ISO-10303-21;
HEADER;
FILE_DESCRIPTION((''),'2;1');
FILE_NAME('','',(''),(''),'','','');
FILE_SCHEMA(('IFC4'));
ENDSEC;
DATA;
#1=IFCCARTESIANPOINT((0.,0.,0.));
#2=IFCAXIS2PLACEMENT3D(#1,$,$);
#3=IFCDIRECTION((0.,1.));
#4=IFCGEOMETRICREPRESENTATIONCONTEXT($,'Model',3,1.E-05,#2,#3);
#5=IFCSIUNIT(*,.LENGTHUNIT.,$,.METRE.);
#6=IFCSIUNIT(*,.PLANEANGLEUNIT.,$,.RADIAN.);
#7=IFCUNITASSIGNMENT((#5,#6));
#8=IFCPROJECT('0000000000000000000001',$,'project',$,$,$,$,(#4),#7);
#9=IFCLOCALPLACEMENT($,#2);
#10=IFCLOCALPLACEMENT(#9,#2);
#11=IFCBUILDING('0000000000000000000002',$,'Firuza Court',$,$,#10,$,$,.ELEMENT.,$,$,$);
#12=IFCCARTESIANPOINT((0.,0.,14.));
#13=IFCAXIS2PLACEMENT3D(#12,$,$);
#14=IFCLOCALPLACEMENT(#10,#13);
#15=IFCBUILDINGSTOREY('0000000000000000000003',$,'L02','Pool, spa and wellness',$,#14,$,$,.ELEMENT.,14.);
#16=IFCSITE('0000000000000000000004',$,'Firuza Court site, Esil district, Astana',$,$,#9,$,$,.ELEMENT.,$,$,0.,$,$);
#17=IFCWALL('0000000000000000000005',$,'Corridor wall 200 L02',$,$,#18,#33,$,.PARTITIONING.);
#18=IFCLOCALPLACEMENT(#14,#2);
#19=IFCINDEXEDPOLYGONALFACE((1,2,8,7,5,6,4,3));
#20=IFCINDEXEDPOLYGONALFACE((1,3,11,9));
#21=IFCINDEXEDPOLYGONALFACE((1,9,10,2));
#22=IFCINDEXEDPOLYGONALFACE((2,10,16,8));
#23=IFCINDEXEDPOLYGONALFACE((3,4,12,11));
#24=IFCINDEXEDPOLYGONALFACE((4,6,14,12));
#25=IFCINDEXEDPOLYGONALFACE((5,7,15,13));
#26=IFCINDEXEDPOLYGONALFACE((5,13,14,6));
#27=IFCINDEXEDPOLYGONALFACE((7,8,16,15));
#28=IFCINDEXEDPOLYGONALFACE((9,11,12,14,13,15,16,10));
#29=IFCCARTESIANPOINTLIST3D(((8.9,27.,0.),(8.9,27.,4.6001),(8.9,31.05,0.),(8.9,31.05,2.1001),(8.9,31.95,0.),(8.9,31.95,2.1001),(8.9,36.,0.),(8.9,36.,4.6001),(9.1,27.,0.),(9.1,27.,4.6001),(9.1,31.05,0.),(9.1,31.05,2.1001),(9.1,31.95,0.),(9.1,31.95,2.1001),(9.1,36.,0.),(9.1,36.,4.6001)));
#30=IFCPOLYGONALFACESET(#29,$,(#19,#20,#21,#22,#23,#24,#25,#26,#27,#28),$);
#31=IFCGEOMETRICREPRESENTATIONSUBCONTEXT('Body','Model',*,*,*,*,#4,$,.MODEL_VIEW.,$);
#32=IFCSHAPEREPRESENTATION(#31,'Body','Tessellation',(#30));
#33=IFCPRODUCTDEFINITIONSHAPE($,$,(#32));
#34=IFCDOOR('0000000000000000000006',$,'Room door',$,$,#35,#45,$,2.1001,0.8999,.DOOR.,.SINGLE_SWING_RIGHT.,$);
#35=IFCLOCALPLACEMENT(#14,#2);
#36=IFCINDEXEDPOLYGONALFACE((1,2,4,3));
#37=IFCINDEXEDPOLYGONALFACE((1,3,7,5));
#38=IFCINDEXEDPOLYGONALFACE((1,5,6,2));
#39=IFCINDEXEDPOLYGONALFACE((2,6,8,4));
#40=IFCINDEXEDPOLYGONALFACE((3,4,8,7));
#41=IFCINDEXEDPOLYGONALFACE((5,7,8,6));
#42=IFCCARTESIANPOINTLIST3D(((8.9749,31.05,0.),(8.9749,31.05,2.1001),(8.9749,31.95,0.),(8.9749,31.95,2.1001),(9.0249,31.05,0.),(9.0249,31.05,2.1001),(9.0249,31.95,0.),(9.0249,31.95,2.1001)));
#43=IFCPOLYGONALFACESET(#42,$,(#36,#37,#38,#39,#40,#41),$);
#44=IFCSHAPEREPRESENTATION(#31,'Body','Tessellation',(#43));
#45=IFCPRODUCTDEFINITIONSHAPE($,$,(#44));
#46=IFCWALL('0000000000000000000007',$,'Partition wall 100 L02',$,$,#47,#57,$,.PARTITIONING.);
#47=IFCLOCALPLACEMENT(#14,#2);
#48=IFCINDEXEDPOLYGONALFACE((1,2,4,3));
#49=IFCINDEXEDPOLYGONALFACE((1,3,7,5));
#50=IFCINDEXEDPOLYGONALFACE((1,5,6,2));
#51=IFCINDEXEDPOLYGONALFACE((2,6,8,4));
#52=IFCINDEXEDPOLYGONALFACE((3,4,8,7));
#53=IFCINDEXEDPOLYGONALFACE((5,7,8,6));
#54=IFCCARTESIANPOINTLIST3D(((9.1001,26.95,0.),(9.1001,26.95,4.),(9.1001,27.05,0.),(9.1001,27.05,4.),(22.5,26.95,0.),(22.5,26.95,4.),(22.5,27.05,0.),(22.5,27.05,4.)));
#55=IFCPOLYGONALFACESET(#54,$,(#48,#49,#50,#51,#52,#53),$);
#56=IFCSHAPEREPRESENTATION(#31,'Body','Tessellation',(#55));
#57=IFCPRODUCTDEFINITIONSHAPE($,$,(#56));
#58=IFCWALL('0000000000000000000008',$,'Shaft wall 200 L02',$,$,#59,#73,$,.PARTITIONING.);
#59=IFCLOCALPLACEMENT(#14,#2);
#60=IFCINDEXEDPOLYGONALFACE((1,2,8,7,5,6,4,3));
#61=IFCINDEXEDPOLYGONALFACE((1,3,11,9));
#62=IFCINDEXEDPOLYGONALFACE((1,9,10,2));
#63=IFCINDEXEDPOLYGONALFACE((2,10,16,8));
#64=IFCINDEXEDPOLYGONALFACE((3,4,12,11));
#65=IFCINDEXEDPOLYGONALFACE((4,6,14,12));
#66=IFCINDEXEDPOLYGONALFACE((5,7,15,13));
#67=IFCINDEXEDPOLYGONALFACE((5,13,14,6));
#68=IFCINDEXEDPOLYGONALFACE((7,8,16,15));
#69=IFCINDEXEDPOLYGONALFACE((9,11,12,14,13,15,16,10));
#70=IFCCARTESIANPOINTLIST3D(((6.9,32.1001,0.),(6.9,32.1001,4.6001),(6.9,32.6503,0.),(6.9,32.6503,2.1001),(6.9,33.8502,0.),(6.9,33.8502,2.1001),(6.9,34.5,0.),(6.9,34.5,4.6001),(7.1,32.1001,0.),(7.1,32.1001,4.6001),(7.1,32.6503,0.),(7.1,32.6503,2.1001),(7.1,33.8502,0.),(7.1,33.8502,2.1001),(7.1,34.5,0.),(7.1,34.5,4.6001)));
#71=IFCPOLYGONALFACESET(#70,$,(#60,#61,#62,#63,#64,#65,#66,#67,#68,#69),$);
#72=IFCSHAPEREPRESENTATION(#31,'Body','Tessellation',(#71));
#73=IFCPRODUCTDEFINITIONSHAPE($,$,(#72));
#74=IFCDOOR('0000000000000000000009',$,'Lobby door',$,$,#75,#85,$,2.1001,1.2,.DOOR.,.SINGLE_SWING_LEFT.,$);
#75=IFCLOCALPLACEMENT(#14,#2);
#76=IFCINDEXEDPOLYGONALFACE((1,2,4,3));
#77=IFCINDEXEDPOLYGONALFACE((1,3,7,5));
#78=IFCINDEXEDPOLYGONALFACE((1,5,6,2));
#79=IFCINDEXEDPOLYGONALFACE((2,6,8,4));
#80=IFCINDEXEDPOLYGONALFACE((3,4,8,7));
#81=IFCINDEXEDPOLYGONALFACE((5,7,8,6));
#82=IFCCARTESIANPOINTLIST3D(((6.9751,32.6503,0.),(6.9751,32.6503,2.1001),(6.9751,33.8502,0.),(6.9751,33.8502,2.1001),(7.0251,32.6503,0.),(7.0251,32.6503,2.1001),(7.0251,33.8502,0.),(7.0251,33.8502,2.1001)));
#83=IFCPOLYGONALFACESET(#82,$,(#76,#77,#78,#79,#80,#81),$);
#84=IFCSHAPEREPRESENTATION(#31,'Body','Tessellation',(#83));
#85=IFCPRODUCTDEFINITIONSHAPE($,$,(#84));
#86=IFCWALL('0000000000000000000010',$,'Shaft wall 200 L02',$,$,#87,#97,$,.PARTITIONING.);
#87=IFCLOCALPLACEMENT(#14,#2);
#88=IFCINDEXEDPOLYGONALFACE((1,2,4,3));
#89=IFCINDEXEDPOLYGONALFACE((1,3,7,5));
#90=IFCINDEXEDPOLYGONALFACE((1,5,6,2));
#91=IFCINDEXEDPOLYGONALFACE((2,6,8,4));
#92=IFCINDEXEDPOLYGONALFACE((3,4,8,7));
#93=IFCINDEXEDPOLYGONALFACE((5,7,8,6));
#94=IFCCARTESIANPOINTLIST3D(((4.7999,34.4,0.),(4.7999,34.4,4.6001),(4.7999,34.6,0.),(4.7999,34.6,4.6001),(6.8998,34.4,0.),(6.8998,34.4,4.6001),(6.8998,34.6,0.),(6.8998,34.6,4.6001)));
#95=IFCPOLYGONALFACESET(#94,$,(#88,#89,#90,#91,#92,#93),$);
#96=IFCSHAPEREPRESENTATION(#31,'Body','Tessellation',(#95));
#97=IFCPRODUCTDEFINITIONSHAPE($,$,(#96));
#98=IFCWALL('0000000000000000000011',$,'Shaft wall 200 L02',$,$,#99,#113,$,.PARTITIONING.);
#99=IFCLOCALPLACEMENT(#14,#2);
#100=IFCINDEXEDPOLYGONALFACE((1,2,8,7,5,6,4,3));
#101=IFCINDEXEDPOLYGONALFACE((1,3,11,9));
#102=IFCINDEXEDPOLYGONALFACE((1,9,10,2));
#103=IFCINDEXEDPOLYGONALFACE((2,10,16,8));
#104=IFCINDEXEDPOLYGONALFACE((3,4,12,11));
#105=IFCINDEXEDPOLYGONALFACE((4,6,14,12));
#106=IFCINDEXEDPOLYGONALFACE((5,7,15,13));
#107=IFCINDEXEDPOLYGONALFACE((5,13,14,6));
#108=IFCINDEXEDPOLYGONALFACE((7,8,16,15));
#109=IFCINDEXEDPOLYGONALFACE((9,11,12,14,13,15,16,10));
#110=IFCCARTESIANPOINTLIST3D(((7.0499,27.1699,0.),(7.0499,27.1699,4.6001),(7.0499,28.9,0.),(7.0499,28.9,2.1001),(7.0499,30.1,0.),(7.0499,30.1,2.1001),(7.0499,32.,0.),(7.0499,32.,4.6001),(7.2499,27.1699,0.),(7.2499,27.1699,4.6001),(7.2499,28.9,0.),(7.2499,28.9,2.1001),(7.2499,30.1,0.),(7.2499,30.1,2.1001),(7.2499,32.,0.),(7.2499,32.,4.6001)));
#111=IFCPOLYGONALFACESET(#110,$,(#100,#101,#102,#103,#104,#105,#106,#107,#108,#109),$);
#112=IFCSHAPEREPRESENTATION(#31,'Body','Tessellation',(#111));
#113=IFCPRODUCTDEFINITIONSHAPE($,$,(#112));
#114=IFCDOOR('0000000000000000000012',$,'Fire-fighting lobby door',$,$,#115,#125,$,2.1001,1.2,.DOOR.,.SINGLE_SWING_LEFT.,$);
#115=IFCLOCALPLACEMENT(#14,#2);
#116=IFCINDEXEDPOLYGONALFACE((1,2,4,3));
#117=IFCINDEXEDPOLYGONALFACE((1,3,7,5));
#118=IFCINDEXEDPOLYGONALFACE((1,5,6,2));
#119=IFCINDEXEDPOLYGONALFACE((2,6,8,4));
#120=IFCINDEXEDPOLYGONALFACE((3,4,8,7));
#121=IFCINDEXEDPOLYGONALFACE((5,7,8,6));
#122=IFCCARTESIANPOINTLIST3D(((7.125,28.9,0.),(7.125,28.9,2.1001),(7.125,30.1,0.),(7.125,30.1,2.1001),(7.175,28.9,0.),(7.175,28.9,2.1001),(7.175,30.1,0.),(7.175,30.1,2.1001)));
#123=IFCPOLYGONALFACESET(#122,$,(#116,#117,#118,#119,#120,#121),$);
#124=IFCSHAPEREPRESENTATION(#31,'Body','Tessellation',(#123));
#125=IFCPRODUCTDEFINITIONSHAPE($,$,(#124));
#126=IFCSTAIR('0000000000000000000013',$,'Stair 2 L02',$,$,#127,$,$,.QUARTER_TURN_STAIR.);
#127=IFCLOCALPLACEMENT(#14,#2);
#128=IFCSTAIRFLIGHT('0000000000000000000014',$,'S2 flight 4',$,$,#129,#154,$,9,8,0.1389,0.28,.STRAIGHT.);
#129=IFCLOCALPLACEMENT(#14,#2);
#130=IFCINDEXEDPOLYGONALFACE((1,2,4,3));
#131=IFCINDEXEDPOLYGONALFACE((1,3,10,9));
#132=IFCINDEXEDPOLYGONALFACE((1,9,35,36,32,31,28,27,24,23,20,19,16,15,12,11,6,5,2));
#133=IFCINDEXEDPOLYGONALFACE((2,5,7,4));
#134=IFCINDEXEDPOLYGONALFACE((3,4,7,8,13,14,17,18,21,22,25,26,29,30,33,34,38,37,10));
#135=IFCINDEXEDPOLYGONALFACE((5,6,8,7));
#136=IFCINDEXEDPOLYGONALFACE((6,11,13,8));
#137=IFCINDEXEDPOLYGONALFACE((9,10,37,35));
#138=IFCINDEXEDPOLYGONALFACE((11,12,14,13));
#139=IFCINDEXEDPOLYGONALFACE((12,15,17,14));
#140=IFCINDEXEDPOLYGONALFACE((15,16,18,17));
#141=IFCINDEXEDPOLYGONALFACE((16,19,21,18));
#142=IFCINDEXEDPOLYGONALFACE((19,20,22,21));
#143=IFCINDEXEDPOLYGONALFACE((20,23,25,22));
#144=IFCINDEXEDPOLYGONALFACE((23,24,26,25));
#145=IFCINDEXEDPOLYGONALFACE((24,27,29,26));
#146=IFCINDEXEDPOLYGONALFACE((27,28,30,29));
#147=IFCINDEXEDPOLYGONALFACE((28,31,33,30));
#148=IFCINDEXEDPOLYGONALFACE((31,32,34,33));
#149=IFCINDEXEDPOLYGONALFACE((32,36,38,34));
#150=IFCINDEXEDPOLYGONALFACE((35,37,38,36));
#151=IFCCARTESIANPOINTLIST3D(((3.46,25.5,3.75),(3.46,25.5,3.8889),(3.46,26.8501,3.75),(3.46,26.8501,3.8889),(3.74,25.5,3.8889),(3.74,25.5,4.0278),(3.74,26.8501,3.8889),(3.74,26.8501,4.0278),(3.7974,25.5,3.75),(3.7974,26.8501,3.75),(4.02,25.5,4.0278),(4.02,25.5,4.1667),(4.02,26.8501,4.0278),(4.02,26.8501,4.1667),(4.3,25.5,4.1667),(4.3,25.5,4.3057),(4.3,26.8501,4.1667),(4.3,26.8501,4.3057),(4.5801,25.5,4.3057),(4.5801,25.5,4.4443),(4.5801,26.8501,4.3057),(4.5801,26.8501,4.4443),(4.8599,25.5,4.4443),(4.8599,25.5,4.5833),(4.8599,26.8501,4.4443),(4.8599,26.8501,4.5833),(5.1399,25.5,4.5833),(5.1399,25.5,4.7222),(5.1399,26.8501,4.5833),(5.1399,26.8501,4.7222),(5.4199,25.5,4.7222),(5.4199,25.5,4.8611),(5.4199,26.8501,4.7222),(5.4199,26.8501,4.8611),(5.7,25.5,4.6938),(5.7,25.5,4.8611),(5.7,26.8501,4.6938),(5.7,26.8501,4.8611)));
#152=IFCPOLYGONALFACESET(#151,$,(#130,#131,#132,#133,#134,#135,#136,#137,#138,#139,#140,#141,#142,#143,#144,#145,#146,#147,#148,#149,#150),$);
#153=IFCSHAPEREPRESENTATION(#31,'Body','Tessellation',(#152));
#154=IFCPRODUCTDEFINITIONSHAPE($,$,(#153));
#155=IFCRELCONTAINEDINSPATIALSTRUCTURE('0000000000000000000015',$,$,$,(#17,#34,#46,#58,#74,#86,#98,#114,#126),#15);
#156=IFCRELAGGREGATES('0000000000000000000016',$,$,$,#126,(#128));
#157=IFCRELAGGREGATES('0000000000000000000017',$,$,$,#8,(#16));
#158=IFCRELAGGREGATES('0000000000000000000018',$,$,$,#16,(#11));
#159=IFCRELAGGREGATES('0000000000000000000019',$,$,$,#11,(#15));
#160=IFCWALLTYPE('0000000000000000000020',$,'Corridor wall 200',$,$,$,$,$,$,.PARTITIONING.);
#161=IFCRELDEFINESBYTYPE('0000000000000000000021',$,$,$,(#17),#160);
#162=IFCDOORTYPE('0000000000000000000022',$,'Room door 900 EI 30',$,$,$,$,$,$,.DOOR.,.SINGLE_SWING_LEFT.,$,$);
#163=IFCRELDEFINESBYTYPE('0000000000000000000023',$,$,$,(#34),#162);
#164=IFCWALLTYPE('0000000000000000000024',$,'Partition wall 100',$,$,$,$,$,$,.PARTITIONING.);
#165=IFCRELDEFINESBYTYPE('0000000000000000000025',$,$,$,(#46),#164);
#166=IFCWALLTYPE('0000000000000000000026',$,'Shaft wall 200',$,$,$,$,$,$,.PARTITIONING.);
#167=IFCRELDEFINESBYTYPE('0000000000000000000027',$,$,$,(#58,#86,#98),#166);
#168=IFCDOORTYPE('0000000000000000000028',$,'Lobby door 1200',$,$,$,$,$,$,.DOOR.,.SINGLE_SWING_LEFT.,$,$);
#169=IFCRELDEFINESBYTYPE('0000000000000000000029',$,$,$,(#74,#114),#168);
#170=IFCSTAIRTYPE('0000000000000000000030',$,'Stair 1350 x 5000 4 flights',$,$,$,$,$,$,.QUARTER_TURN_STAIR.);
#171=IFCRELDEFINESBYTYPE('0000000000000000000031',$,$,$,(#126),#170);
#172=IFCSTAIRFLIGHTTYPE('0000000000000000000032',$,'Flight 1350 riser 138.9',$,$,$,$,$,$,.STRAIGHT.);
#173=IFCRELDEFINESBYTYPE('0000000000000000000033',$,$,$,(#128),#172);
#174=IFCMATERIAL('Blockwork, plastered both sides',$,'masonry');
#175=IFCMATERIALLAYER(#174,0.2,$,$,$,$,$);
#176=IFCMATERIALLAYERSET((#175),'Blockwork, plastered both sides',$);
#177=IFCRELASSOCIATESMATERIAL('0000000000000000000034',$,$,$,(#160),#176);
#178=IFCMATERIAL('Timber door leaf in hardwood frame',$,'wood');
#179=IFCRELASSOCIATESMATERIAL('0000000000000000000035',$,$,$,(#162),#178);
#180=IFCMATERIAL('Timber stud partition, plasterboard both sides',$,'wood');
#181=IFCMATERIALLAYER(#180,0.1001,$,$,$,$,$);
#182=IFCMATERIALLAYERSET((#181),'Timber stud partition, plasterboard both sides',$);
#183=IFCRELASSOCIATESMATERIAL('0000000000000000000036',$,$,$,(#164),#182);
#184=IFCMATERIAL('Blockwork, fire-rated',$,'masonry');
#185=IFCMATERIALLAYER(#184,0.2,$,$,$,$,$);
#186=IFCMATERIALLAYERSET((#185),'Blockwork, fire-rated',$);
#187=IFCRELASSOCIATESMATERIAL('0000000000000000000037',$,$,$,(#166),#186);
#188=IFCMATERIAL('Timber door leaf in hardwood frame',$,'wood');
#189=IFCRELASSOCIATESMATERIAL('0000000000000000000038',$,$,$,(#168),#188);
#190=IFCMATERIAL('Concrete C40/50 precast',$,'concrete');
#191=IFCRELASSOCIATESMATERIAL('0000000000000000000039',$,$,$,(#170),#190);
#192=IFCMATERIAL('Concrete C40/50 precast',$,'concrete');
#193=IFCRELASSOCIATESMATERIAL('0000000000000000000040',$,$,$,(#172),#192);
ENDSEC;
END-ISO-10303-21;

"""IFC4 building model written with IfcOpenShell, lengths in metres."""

from ifc_helpers import new_model, si_unit, direction, frame, frame_2d, origin, place, context, subcontext, project, spatial, polyline, rectangle, outline, extrude, material, layer, layer_set, type_object, element, fill, aggregate, save


model = new_model("IFC4")

# Units and contexts
model_context = context("Model", 3, precision=1e-05, world=origin(), true_north=direction((0.0, 1.0)))
body_context = subcontext(model_context, "Body", "Model", "MODEL_VIEW")
ifc_project = project(units=[si_unit("LENGTHUNIT", "METRE"), si_unit("PLANEANGLEUNIT", "RADIAN")], contexts=[model_context])

# Site, building, storey
site_placement = place(None, origin())
site = spatial("IfcSite", under=ifc_project, at=site_placement, Name="Firuza Court site, Esil district, Astana", CompositionType="ELEMENT", RefElevation=0.0)
building_placement = place(site_placement, origin())
building = spatial("IfcBuilding", under=site, at=building_placement, Name="Firuza Court", CompositionType="ELEMENT")
storey_placement = place(building_placement, frame((0.0, 0.0, 14.0)))
storey = spatial("IfcBuildingStorey", under=building, at=storey_placement, Name="L02", Description="Pool, spa and wellness", CompositionType="ELEMENT", Elevation=14.0)

# Wall, opening, door
ifc_material_1 = material(Name="Blockwork, plastered both sides", Category="masonry")
ifc_layer_1 = layer(ifc_material_1, 0.2)
ifc_layer_set_1 = layer_set([ifc_layer_1], Name="Blockwork, plastered both sides")
wall_type_1 = type_object("IfcWallType", Name="Corridor wall 200", PredefinedType="PARTITIONING", material=ifc_layer_set_1)
wall_1_placement = place(storey_placement, frame((9.0, 27.0, 0.0), z_axis=(0.0, 0.0, 1.0), x_axis=(0.0, 1.0, 0.0)))
wall_1 = element("IfcWall", 1, at=wall_1_placement, inside=storey, type_object=wall_type_1, Name="Corridor wall 200 L02", PredefinedType="PARTITIONING", context=body_context, shape_type="SweptSolid", body=[
    extrude(rectangle(XDim=9.0, YDim=0.2, at=frame_2d((4.5, 0.0))), origin(), (0.0, 0.0, 1.0), 4.6001),
])
opening_1_placement = place(wall_1_placement, frame((4.05, 0.0, 0.0)))
opening_1 = element("IfcOpeningElement", 2, at=opening_1_placement, cuts=wall_1, PredefinedType="OPENING", context=body_context, shape_type="SweptSolid", body=[
    extrude(rectangle(XDim=0.8999, YDim=2.1001, at=frame_2d((0.45, 1.05))), frame((0.0, 0.1118, 0.0), z_axis=(0.0, -1.0, 0.0), x_axis=(1.0, 0.0, 0.0)), (0.0, 0.0, 1.0), 0.2239),
])
ifc_material_2 = material(Name="Timber door leaf in hardwood frame", Category="wood")
door_type_1 = type_object("IfcDoorType", Name="Room door 900 EI 30", OperationType="SINGLE_SWING_LEFT", PredefinedType="DOOR", material=ifc_material_2)
door_1_placement = place(opening_1_placement, frame((0.8999, 0.0, 0.0), z_axis=(0.0, 0.0, 1.0), x_axis=(-1.0, 0.0, 0.0)))
door_1 = element("IfcDoor", 3, at=door_1_placement, inside=storey, type_object=door_type_1, Name="Room door", OperationType="SINGLE_SWING_RIGHT", OverallHeight=2.1001, OverallWidth=0.8999, PredefinedType="DOOR", context=body_context, shape_type="SweptSolid", body=[
    extrude(rectangle(XDim=0.8999, YDim=2.1001, at=frame_2d((0.45, 1.05))), frame((0.0, 0.0249, 0.0), z_axis=(0.0, -1.0, 0.0), x_axis=(1.0, 0.0, 0.0)), (0.0, 0.0, 1.0), 0.05),
])
fill(opening_1, door_1)

# Wall
ifc_material_3 = material(Name="Timber stud partition, plasterboard both sides", Category="wood")
ifc_layer_2 = layer(ifc_material_3, 0.1001)
ifc_layer_set_2 = layer_set([ifc_layer_2], Name="Timber stud partition, plasterboard both sides")
wall_type_2 = type_object("IfcWallType", Name="Partition wall 100", PredefinedType="PARTITIONING", material=ifc_layer_set_2)
wall_2_placement = place(storey_placement, frame((22.5, 27.0, 0.0), z_axis=(0.0, 0.0, 1.0), x_axis=(-1.0, 0.0, 0.0)))
element("IfcWall", 4, at=wall_2_placement, inside=storey, type_object=wall_type_2, Name="Partition wall 100 L02", PredefinedType="PARTITIONING", context=body_context, shape_type="SweptSolid", body=[
    extrude(rectangle(XDim=13.3999, YDim=0.1001, at=frame_2d((6.7, 0.0))), origin(), (0.0, 0.0, 1.0), 4.0),
])
ifc_material_4 = material(Name="Blockwork, fire-rated", Category="masonry")
ifc_layer_3 = layer(ifc_material_4, 0.2)
ifc_layer_set_3 = layer_set([ifc_layer_3], Name="Blockwork, fire-rated")
wall_type_3 = type_object("IfcWallType", Name="Shaft wall 200", PredefinedType="PARTITIONING", material=ifc_layer_set_3)

# Wall, opening, door
wall_3_placement = place(storey_placement, frame((7.0, 32.1001, 0.0), z_axis=(0.0, 0.0, 1.0), x_axis=(0.0, 1.0, 0.0)))
wall_3 = element("IfcWall", 5, at=wall_3_placement, inside=storey, type_object=wall_type_3, Name="Shaft wall 200 L02", PredefinedType="PARTITIONING", context=body_context, shape_type="SweptSolid", body=[
    extrude(rectangle(XDim=2.3999, YDim=0.2, at=frame_2d((1.2, 0.0))), origin(), (0.0, 0.0, 1.0), 4.6001),
])
opening_2_placement = place(wall_3_placement, frame((0.55, 0.0, 0.0)))
opening_2 = element("IfcOpeningElement", 6, at=opening_2_placement, cuts=wall_3, PredefinedType="OPENING", context=body_context, shape_type="SweptSolid", body=[
    extrude(rectangle(XDim=1.2, YDim=2.1001, at=frame_2d((0.6001, 1.05))), frame((0.0, 0.1118, 0.0), z_axis=(0.0, -1.0, 0.0), x_axis=(1.0, 0.0, 0.0)), (0.0, 0.0, 1.0), 0.2239),
])
ifc_material_5 = material(Name="Timber door leaf in hardwood frame", Category="wood")
door_type_2 = type_object("IfcDoorType", Name="Lobby door 1200", OperationType="SINGLE_SWING_LEFT", PredefinedType="DOOR", material=ifc_material_5)
door_2_placement = place(opening_2_placement, origin())
door_2 = element("IfcDoor", 7, at=door_2_placement, inside=storey, type_object=door_type_2, Name="Lobby door", OperationType="SINGLE_SWING_LEFT", OverallHeight=2.1001, OverallWidth=1.2, PredefinedType="DOOR", context=body_context, shape_type="SweptSolid", body=[
    extrude(rectangle(XDim=1.2, YDim=2.1001, at=frame_2d((0.6001, 1.05))), frame((0.0, 0.0249, 0.0), z_axis=(0.0, -1.0, 0.0), x_axis=(1.0, 0.0, 0.0)), (0.0, 0.0, 1.0), 0.05),
])
fill(opening_2, door_2)

# Wall
wall_4_placement = place(storey_placement, frame((4.8, 34.5, 0.0), z_axis=(0.0, 0.0, 1.0), x_axis=(1.0, 0.0, 0.0)))
element("IfcWall", 8, at=wall_4_placement, inside=storey, type_object=wall_type_3, Name="Shaft wall 200 L02", PredefinedType="PARTITIONING", context=body_context, shape_type="SweptSolid", body=[
    extrude(rectangle(XDim=2.0999, YDim=0.2, at=frame_2d((1.0498, 0.0))), origin(), (0.0, 0.0, 1.0), 4.6001),
])

# Wall, opening, door
wall_5_placement = place(storey_placement, frame((7.1499, 27.1699, 0.0), z_axis=(0.0, 0.0, 1.0), x_axis=(0.0, 1.0, 0.0)))
wall_5 = element("IfcWall", 9, at=wall_5_placement, inside=storey, type_object=wall_type_3, Name="Shaft wall 200 L02", PredefinedType="PARTITIONING", context=body_context, shape_type="SweptSolid", body=[
    extrude(rectangle(XDim=4.8301, YDim=0.2, at=frame_2d((2.415, 0.0))), origin(), (0.0, 0.0, 1.0), 4.6001),
])
opening_3_placement = place(wall_5_placement, frame((1.73, 0.0, 0.0)))
opening_3 = element("IfcOpeningElement", 10, at=opening_3_placement, cuts=wall_5, PredefinedType="OPENING", context=body_context, shape_type="SweptSolid", body=[
    extrude(rectangle(XDim=1.2, YDim=2.1001, at=frame_2d((0.6001, 1.05))), frame((0.0, 0.1118, 0.0), z_axis=(0.0, -1.0, 0.0), x_axis=(1.0, 0.0, 0.0)), (0.0, 0.0, 1.0), 0.2239),
])
door_3_placement = place(opening_3_placement, origin())
door_3 = element("IfcDoor", 11, at=door_3_placement, inside=storey, type_object=door_type_2, Name="Fire-fighting lobby door", OperationType="SINGLE_SWING_LEFT", OverallHeight=2.1001, OverallWidth=1.2, PredefinedType="DOOR", context=body_context, shape_type="SweptSolid", body=[
    extrude(rectangle(XDim=1.2, YDim=2.1001, at=frame_2d((0.6001, 1.05))), frame((0.0, 0.0249, 0.0), z_axis=(0.0, -1.0, 0.0), x_axis=(1.0, 0.0, 0.0)), (0.0, 0.0, 1.0), 0.05),
])
fill(opening_3, door_3)

# Stair, stair flight
ifc_material_6 = material(Name="Concrete C40/50 precast", Category="concrete")
stair_type = type_object("IfcStairType", Name="Stair 1350 x 5000 4 flights", PredefinedType="QUARTER_TURN_STAIR", material=ifc_material_6)
stair_placement = place(storey_placement, origin())
stair = element("IfcStair", 12, at=stair_placement, inside=storey, type_object=stair_type, Name="Stair 2 L02", PredefinedType="QUARTER_TURN_STAIR")
ifc_material_7 = material(Name="Concrete C40/50 precast", Category="concrete")
stair_flight_type = type_object("IfcStairFlightType", Name="Flight 1350 riser 138.9", PredefinedType="STRAIGHT", material=ifc_material_7)
stair_flight_placement = place(storey_placement, frame((3.46, 26.175, 3.75), z_axis=(0.0, 0.0, 1.0), x_axis=(1.0, 0.0, 0.0)))
stair_flight = element("IfcStairFlight", 13, at=stair_flight_placement, type_object=stair_flight_type, Name="S2 flight 4", NumberOfRisers=9, NumberOfTreads=8, PredefinedType="STRAIGHT", RiserHeight=0.1389, TreadLength=0.28, context=body_context, shape_type="SweptSolid", body=[
    extrude(outline(polyline([(0.0, 0.0), (0.0, 0.1389), (0.28, 0.1389), (0.28, 0.2778), (0.5601, 0.2778), (0.5601, 0.4167), (0.8401, 0.4167), (0.8401, 0.5557), (1.1201, 0.5557), (1.1201, 0.6943), (1.3999, 0.6943), (1.3999, 0.8333), (1.6799, 0.8333), (1.6799, 0.9722), (1.96, 0.9722), (1.96, 1.1111), (2.24, 1.1111), (2.24, 1.25), (2.24, 0.9438), (0.3374, 0.0), (0.0, 0.0)])), frame((0.0, 0.675, 0.0), z_axis=(0.0, -1.0, 0.0), x_axis=(1.0, 0.0, 0.0)), (0.0, 0.0, 1.0), 1.3501),
])
aggregate(stair, [stair_flight])

save(model, "model.ifc")
